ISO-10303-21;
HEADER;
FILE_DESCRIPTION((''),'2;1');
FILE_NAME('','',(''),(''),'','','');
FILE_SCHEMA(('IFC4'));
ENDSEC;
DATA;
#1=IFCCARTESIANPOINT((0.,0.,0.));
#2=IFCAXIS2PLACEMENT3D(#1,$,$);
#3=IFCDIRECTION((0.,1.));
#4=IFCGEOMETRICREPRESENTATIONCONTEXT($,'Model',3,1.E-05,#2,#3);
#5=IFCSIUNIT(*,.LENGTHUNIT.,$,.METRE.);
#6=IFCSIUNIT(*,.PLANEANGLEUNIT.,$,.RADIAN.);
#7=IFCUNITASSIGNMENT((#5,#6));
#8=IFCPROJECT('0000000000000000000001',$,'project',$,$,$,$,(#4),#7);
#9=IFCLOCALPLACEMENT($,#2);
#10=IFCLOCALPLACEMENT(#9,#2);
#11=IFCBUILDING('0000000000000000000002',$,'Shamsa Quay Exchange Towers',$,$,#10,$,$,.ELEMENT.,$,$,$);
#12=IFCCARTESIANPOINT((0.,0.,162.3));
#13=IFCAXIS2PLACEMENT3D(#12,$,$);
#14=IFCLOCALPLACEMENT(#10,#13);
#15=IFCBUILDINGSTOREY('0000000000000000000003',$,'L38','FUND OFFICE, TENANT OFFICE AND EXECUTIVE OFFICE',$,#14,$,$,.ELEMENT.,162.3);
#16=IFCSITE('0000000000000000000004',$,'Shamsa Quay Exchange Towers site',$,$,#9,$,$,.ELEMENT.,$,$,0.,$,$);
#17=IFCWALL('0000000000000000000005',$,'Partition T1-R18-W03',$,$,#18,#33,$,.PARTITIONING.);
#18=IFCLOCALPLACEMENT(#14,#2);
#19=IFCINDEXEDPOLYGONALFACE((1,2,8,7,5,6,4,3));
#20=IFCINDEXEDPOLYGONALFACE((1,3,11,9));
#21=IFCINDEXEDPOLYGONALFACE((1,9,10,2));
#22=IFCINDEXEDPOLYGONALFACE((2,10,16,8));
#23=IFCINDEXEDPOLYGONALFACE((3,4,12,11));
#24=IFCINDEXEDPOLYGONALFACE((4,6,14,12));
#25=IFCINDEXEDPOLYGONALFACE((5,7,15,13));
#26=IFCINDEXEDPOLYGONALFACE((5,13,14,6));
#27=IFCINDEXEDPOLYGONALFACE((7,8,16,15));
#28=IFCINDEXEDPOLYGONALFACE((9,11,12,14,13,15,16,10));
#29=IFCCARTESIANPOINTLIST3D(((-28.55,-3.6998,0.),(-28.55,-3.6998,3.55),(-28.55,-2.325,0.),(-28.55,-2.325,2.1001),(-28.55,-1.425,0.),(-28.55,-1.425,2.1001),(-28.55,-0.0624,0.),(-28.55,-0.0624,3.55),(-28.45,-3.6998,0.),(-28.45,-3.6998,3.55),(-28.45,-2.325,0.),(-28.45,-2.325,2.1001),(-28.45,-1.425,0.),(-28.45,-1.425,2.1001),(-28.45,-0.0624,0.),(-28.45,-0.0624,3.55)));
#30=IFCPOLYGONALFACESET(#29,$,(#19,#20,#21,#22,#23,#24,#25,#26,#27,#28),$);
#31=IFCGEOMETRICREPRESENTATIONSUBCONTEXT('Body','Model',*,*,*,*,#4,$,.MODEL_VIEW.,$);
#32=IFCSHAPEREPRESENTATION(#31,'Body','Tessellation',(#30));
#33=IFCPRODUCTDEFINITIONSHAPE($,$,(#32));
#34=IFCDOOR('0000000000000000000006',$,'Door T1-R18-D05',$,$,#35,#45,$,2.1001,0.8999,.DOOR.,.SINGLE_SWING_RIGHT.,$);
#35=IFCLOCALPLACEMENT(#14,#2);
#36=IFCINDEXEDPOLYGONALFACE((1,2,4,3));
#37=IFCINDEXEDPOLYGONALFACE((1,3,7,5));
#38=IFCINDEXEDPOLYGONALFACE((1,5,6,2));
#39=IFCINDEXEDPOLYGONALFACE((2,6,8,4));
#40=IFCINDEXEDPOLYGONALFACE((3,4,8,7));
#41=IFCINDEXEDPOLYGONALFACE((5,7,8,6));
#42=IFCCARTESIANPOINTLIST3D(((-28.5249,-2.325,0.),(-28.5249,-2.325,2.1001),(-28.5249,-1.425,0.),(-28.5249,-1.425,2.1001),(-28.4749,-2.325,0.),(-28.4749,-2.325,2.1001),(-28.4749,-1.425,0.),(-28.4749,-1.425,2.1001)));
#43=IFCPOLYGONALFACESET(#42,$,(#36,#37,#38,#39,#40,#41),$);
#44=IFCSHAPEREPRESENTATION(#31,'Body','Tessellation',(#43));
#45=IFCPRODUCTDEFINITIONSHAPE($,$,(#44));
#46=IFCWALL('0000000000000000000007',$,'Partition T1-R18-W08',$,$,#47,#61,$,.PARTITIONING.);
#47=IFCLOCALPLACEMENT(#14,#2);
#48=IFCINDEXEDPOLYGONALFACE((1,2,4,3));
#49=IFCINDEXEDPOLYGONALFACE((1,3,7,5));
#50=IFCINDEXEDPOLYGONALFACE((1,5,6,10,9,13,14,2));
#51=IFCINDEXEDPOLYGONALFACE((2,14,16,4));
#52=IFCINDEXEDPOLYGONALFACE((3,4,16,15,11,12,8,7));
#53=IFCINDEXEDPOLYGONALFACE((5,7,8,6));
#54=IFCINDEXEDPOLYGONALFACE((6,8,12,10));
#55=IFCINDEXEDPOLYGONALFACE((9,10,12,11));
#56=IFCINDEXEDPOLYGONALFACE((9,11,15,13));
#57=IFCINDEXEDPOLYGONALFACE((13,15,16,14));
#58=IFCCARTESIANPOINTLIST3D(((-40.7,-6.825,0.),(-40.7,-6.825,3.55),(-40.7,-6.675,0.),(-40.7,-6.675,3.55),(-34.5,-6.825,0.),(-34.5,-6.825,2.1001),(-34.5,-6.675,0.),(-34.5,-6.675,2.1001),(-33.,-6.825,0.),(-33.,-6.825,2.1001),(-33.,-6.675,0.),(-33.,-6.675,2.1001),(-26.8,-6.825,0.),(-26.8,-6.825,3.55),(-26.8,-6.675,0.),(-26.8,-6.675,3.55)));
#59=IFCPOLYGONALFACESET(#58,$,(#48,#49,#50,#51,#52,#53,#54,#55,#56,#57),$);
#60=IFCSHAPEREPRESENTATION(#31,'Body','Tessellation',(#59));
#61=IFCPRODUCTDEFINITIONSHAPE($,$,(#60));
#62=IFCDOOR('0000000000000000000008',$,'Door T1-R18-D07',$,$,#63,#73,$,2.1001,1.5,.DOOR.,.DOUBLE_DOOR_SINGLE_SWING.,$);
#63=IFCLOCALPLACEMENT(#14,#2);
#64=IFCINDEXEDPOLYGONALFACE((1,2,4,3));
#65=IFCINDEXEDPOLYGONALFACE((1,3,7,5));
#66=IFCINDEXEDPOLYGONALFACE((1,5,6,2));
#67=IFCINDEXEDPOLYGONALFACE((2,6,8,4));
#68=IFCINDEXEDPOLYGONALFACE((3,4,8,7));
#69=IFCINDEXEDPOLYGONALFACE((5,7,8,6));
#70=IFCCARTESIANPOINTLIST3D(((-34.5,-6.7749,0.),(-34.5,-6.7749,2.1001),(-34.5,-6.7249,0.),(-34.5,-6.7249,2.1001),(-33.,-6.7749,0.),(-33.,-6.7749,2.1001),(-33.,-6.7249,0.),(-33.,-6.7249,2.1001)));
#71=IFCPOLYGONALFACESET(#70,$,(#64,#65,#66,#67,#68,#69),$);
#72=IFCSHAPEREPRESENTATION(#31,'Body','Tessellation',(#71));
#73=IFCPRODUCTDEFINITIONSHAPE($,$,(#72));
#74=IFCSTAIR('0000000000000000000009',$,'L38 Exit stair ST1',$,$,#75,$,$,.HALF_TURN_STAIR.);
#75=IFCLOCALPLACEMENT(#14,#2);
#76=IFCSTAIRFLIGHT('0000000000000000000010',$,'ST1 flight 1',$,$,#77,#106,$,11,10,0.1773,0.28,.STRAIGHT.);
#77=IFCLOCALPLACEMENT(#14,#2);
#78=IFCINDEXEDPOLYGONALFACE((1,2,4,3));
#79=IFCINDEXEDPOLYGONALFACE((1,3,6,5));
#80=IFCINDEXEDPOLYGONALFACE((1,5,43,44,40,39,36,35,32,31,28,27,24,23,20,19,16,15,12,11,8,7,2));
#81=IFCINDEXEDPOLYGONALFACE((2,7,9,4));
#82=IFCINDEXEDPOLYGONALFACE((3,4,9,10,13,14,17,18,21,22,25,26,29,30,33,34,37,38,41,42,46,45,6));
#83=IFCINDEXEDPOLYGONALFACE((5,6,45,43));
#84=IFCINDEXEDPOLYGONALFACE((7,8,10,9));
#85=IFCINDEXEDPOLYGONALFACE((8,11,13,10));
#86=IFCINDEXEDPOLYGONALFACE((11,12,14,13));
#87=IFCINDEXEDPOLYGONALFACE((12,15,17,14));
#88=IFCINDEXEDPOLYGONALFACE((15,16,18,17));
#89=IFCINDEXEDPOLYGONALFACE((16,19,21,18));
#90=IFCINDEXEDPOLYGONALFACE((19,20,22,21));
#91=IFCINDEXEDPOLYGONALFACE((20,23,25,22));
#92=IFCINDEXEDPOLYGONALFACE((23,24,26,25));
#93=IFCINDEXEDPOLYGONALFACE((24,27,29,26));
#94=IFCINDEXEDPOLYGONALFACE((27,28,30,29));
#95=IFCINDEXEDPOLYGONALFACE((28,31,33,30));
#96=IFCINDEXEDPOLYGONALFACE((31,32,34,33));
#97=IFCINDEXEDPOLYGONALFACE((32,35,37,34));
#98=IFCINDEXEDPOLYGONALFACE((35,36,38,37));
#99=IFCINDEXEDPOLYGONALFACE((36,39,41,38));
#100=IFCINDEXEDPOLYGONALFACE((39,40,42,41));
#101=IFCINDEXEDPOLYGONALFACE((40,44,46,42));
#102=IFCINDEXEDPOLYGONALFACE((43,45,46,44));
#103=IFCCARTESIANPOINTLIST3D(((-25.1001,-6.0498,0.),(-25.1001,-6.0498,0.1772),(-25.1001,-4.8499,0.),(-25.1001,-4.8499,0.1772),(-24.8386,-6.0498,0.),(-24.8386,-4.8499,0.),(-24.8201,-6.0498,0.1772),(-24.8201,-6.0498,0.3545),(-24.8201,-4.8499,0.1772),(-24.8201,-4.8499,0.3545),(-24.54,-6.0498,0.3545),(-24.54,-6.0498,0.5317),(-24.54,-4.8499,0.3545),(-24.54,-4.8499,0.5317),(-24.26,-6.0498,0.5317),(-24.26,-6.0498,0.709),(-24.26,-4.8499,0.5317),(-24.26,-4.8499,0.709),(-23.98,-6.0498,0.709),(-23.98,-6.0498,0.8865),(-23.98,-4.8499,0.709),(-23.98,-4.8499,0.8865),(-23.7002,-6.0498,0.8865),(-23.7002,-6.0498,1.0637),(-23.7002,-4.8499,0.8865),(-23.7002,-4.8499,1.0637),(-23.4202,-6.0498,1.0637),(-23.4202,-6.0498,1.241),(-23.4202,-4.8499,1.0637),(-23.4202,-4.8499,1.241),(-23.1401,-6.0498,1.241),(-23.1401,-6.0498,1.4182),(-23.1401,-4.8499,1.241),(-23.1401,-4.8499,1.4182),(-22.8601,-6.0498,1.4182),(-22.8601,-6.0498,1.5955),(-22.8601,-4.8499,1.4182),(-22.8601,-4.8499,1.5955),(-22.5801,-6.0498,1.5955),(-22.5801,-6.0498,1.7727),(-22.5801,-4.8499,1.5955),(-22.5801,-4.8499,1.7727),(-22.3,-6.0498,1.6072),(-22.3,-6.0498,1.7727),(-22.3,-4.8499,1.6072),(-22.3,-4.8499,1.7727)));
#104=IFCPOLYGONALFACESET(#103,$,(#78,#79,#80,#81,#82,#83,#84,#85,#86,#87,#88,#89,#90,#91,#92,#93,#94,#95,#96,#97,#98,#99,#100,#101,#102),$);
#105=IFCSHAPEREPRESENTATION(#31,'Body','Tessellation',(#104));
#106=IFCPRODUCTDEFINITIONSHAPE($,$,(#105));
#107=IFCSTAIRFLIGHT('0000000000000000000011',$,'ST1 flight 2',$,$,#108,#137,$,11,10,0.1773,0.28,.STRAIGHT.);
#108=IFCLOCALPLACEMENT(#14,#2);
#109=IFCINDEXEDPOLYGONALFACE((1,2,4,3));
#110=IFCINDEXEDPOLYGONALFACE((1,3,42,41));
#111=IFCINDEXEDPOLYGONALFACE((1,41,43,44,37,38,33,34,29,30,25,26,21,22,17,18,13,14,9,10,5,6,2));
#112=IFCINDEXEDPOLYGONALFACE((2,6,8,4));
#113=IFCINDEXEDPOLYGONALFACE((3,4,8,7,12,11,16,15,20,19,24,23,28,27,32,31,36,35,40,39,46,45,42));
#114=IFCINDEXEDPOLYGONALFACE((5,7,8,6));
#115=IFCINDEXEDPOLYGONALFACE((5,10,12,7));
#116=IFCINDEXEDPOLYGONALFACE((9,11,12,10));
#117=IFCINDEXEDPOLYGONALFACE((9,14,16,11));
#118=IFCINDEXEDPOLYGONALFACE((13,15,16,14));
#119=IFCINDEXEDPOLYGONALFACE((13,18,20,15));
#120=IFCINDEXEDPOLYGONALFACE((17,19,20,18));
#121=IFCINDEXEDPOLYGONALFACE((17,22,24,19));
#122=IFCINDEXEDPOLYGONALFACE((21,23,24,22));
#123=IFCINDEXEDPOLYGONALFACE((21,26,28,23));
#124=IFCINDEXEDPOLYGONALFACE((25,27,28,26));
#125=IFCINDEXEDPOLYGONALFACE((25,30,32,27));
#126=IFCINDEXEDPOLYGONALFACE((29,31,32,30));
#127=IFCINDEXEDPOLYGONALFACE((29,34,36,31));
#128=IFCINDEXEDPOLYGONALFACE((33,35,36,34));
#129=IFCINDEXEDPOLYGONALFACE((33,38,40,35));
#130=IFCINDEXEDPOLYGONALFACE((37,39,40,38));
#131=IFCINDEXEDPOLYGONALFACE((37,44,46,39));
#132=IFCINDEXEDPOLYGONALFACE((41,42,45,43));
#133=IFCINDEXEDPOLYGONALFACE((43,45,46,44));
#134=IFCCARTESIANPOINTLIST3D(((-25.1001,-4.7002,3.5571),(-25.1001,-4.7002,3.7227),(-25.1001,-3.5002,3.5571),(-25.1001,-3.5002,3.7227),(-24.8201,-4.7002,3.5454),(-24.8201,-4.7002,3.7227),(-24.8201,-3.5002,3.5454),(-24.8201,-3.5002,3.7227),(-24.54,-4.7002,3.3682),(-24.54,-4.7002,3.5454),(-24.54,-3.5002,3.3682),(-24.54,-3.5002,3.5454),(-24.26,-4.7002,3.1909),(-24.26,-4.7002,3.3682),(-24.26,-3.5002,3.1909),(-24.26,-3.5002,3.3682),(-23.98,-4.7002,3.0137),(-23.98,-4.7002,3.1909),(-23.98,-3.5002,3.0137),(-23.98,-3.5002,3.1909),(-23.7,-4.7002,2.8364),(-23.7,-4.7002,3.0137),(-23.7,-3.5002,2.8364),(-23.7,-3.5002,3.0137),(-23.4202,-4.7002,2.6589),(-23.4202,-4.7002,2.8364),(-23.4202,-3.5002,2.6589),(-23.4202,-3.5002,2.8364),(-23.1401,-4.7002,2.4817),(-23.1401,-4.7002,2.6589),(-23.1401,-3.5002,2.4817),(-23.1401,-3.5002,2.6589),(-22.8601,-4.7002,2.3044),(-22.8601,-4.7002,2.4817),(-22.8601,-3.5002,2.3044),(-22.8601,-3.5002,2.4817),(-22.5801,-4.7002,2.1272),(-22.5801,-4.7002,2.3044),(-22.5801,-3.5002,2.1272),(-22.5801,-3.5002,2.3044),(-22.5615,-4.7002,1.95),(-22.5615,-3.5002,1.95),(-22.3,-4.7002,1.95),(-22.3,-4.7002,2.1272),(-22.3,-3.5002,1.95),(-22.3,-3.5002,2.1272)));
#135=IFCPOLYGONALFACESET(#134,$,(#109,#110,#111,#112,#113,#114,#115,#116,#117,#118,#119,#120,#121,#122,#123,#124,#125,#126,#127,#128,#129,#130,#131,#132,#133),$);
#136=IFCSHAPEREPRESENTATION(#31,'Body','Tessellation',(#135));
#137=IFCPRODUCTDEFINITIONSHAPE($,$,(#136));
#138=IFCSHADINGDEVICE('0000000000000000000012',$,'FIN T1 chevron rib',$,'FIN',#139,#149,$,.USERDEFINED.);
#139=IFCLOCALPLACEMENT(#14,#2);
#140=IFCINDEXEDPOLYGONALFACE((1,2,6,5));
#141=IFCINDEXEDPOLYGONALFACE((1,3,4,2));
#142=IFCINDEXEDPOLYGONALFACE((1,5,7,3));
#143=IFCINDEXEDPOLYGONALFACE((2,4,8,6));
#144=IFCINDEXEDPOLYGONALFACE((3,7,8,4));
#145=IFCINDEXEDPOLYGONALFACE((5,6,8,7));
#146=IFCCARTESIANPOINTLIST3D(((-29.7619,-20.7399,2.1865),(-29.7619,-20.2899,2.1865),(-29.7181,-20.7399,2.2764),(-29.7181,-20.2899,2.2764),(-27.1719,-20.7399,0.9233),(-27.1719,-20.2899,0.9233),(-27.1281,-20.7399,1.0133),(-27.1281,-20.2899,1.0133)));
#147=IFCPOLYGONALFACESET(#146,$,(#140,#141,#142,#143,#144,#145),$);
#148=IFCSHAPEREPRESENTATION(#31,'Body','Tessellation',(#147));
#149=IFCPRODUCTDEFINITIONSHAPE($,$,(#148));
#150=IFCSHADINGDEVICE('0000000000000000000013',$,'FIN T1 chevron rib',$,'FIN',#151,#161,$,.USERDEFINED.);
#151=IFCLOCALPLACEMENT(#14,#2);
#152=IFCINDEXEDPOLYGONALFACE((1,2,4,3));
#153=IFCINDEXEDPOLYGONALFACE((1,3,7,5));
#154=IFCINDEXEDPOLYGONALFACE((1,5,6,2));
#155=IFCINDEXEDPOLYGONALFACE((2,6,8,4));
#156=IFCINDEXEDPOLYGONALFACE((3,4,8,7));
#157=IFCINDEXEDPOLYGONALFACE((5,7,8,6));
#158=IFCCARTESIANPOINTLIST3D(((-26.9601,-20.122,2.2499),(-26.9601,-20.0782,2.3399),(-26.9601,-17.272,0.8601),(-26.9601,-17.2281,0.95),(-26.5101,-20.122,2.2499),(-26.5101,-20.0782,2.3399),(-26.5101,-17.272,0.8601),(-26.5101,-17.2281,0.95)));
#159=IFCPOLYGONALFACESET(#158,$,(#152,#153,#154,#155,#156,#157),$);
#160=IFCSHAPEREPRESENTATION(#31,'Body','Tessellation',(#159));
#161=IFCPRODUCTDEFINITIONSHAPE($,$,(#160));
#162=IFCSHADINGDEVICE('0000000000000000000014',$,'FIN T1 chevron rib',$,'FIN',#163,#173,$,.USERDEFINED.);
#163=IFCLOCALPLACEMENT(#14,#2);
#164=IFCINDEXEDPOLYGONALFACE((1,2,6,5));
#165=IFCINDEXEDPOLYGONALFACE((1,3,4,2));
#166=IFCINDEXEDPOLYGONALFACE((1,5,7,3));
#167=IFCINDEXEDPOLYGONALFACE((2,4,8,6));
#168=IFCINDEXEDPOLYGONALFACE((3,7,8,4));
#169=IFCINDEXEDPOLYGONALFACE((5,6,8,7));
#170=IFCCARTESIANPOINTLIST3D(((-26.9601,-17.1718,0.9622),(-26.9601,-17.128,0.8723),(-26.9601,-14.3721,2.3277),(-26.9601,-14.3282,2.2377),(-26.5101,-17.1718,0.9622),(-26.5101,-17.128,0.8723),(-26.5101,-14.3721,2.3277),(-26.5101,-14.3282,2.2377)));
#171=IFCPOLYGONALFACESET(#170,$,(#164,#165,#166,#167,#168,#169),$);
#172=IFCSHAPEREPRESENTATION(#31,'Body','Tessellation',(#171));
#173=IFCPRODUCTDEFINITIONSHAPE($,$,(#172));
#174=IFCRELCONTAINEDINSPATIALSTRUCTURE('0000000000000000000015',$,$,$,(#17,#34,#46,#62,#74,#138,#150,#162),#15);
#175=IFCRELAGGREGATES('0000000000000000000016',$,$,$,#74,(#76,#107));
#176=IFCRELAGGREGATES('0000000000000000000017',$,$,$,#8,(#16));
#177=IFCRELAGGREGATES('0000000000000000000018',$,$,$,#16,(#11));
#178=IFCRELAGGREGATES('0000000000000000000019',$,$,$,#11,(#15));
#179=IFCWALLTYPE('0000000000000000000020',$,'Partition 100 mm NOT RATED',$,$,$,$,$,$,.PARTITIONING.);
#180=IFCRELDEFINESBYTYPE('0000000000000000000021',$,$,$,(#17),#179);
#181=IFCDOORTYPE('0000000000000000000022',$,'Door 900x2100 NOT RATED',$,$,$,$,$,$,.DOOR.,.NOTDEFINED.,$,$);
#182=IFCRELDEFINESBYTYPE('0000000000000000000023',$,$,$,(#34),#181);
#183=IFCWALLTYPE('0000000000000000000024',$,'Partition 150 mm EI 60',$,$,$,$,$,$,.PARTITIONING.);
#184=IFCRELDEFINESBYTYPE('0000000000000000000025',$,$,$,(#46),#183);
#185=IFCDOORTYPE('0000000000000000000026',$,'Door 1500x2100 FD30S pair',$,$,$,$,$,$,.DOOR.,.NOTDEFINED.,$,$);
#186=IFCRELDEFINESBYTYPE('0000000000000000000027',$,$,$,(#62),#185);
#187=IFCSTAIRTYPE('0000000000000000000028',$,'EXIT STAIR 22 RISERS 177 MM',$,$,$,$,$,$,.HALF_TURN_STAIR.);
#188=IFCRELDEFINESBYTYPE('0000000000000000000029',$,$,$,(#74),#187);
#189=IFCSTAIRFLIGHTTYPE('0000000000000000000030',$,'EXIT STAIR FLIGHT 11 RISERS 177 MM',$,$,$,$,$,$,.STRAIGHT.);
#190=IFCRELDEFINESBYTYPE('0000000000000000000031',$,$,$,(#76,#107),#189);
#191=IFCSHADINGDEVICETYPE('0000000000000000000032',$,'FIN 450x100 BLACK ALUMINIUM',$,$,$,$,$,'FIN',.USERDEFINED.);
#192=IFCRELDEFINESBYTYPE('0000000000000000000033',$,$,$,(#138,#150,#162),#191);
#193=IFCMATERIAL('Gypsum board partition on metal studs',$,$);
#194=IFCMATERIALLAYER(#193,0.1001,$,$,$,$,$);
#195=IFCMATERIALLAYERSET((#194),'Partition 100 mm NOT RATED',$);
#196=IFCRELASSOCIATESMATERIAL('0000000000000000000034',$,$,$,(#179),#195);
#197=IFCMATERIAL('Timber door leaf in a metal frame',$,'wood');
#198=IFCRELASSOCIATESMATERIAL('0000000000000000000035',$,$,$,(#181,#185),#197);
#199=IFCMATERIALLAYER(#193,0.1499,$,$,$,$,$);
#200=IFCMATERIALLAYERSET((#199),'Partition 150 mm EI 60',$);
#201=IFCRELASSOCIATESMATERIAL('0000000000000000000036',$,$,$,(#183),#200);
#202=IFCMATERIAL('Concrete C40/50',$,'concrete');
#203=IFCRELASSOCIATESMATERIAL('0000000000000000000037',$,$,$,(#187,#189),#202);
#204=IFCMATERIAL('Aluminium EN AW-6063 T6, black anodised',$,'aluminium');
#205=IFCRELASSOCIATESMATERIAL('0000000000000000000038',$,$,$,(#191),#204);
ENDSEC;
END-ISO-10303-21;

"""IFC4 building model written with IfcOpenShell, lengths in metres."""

from ifc_helpers import new_model, si_unit, direction, frame, frame_2d, origin, origin_2d, place, context, subcontext, project, spatial, polyline, rectangle, outline, extrude, material, layer, layer_set, material_profile, profile_set, type_object, element, fill, aggregate, save


model = new_model("IFC4")

# Units and contexts
model_context = context("Model", 3, precision=1e-05, world=origin(), true_north=direction((0.0, 1.0)))
body_context = subcontext(model_context, "Body", "Model", "MODEL_VIEW")
ifc_project = project(units=[si_unit("LENGTHUNIT", "METRE"), si_unit("PLANEANGLEUNIT", "RADIAN")], contexts=[model_context])

# Site, building, storey
site_placement = place(None, origin())
site = spatial("IfcSite", under=ifc_project, at=site_placement, Name="Shamsa Quay Exchange Towers site", CompositionType="ELEMENT", RefElevation=0.0)
building_placement = place(site_placement, origin())
building = spatial("IfcBuilding", under=site, at=building_placement, Name="Shamsa Quay Exchange Towers", CompositionType="ELEMENT")
storey_placement = place(building_placement, frame((0.0, 0.0, 162.3)))
storey = spatial("IfcBuildingStorey", under=building, at=storey_placement, Name="L38", Description="FUND OFFICE, TENANT OFFICE AND EXECUTIVE OFFICE", CompositionType="ELEMENT", Elevation=162.3)

# Shared definitions
ifc_material_1 = material(Name="Aluminium EN AW-6063 T6, black anodised", Category="aluminium")

# Walls, openings, doors
ifc_material_2 = material(Name="Gypsum board partition on metal studs")
ifc_layer_1 = layer(ifc_material_2, 0.1001)
ifc_layer_set_1 = layer_set([ifc_layer_1], Name="Partition 100 mm NOT RATED")
wall_type_1 = type_object("IfcWallType", Name="Partition 100 mm NOT RATED", PredefinedType="PARTITIONING", material=ifc_layer_set_1)
wall_1_placement = place(storey_placement, frame((-28.5, -3.7, 0.0), z_axis=(0.0, 0.0, 1.0), x_axis=(0.0, 1.0, 0.0)))
wall_1 = element("IfcWall", 1, at=wall_1_placement, inside=storey, type_object=wall_type_1, Name="Partition T1-R18-W03", PredefinedType="PARTITIONING", context=body_context, shape_type="SweptSolid", body=[
    extrude(rectangle(XDim=3.6375, YDim=0.1001, at=frame_2d((1.8188, 0.0))), origin(), (0.0, 0.0, 1.0), 3.55),
])
opening_1_placement = place(wall_1_placement, frame((1.375, 0.0, 0.0)))
opening_1 = element("IfcOpeningElement", 2, at=opening_1_placement, cuts=wall_1, PredefinedType="OPENING", context=body_context, shape_type="SweptSolid", body=[
    extrude(rectangle(XDim=0.8999, YDim=2.1001, at=frame_2d((0.45, 1.05))), frame((0.0, 0.0601, 0.0), z_axis=(0.0, -1.0, 0.0), x_axis=(1.0, 0.0, 0.0)), (0.0, 0.0, 1.0), 0.1201),
])
ifc_material_3 = material(Name="Timber door leaf in a metal frame", Category="wood")
door_type_1 = type_object("IfcDoorType", Name="Door 900x2100 NOT RATED", OperationType="NOTDEFINED", PredefinedType="DOOR", material=ifc_material_3)
door_1_placement = place(opening_1_placement, origin())
door_1 = element("IfcDoor", 3, at=door_1_placement, inside=storey, type_object=door_type_1, Name="Door T1-R18-D05", OperationType="SINGLE_SWING_RIGHT", OverallHeight=2.1001, OverallWidth=0.8999, PredefinedType="DOOR", context=body_context, shape_type="SweptSolid", body=[
    extrude(rectangle(XDim=0.8999, YDim=2.1001, at=frame_2d((0.45, 1.05))), frame((0.0, 0.0249, 0.0), z_axis=(0.0, -1.0, 0.0), x_axis=(1.0, 0.0, 0.0)), (0.0, 0.0, 1.0), 0.05),
])
fill(opening_1, door_1)
ifc_layer_2 = layer(ifc_material_2, 0.1499)
ifc_layer_set_2 = layer_set([ifc_layer_2], Name="Partition 150 mm EI 60")
wall_type_2 = type_object("IfcWallType", Name="Partition 150 mm EI 60", PredefinedType="PARTITIONING", material=ifc_layer_set_2)
wall_2_placement = place(storey_placement, frame((-26.8, -6.75, 0.0), z_axis=(0.0, 0.0, 1.0), x_axis=(-1.0, 0.0, 0.0)))
wall_2 = element("IfcWall", 4, at=wall_2_placement, inside=storey, type_object=wall_type_2, Name="Partition T1-R18-W08", PredefinedType="PARTITIONING", context=body_context, shape_type="SweptSolid", body=[
    extrude(rectangle(XDim=13.8999, YDim=0.1499, at=frame_2d((6.95, 0.0))), origin(), (0.0, 0.0, 1.0), 3.55),
])
opening_2_placement = place(wall_2_placement, frame((6.2, 0.0, 0.0)))
opening_2 = element("IfcOpeningElement", 5, at=opening_2_placement, cuts=wall_2, PredefinedType="OPENING", context=body_context, shape_type="SweptSolid", body=[
    extrude(rectangle(XDim=1.5, YDim=2.1001, at=frame_2d((0.75, 1.05))), frame((0.0, 0.085, 0.0), z_axis=(0.0, -1.0, 0.0), x_axis=(1.0, 0.0, 0.0)), (0.0, 0.0, 1.0), 0.1699),
])
door_type_2 = type_object("IfcDoorType", Name="Door 1500x2100 FD30S pair", OperationType="NOTDEFINED", PredefinedType="DOOR", material=ifc_material_3)
door_2_placement = place(opening_2_placement, origin())
door_2 = element("IfcDoor", 6, at=door_2_placement, inside=storey, type_object=door_type_2, Name="Door T1-R18-D07", OperationType="DOUBLE_DOOR_SINGLE_SWING", OverallHeight=2.1001, OverallWidth=1.5, PredefinedType="DOOR", context=body_context, shape_type="SweptSolid", body=[
    extrude(rectangle(XDim=1.5, YDim=2.1001, at=frame_2d((0.75, 1.05))), frame((0.0, 0.0249, 0.0), z_axis=(0.0, -1.0, 0.0), x_axis=(1.0, 0.0, 0.0)), (0.0, 0.0, 1.0), 0.05),
])
fill(opening_2, door_2)

# Stair, stair flights
ifc_material_4 = material(Name="Concrete C40/50", Category="concrete")
stair_type = type_object("IfcStairType", Name="EXIT STAIR 22 RISERS 177 MM", PredefinedType="HALF_TURN_STAIR", material=ifc_material_4)
stair_placement = place(storey_placement, origin())
stair = element("IfcStair", 7, at=stair_placement, inside=storey, type_object=stair_type, Name="L38 Exit stair ST1", PredefinedType="HALF_TURN_STAIR")
stair_flight_type = type_object("IfcStairFlightType", Name="EXIT STAIR FLIGHT 11 RISERS 177 MM", PredefinedType="STRAIGHT", material=ifc_material_4)
stair_flight_1_placement = place(storey_placement, frame((-25.1001, -5.45, 0.0)))
stair_flight_1 = element("IfcStairFlight", 8, at=stair_flight_1_placement, type_object=stair_flight_type, Name="ST1 flight 1", NumberOfRisers=11, NumberOfTreads=10, PredefinedType="STRAIGHT", RiserHeight=0.1773, TreadLength=0.28, context=body_context, shape_type="SweptSolid", body=[
    extrude(outline(polyline([(0.0, 0.0), (0.0, 0.1772), (0.28, 0.1772), (0.28, 0.3545), (0.5601, 0.3545), (0.5601, 0.5317), (0.8401, 0.5317), (0.8401, 0.709), (1.1201, 0.709), (1.1201, 0.8865), (1.3999, 0.8865), (1.3999, 1.0637), (1.6799, 1.0637), (1.6799, 1.241), (1.96, 1.241), (1.96, 1.4182), (2.24, 1.4182), (2.24, 1.5955), (2.52, 1.5955), (2.52, 1.7727), (2.8, 1.7727), (2.8, 1.95), (2.8, 1.6072), (0.2615, 0.0), (0.0, 0.0)])), frame((0.0, 0.6001, 0.0), z_axis=(0.0, -1.0, 0.0), x_axis=(1.0, 0.0, 0.0)), (0.0, 0.0, 1.0), 1.2),
])
stair_flight_2_placement = place(storey_placement, frame((-22.3, -4.1001, 1.95), z_axis=(0.0, 0.0, 1.0), x_axis=(-1.0, 0.0, 0.0)))
stair_flight_2 = element("IfcStairFlight", 9, at=stair_flight_2_placement, type_object=stair_flight_type, Name="ST1 flight 2", NumberOfRisers=11, NumberOfTreads=10, PredefinedType="STRAIGHT", RiserHeight=0.1773, TreadLength=0.28, context=body_context, shape_type="SweptSolid", body=[
    extrude(outline(polyline([(0.0, 0.0), (0.0, 0.1772), (0.28, 0.1772), (0.28, 0.3545), (0.5601, 0.3545), (0.5601, 0.5317), (0.8401, 0.5317), (0.8401, 0.709), (1.1201, 0.709), (1.1201, 0.8865), (1.3999, 0.8865), (1.3999, 1.0637), (1.6799, 1.0637), (1.6799, 1.241), (1.96, 1.241), (1.96, 1.4182), (2.24, 1.4182), (2.24, 1.5955), (2.52, 1.5955), (2.52, 1.7727), (2.8, 1.7727), (2.8, 1.95), (2.8, 1.6072), (0.2615, 0.0), (0.0, 0.0)])), frame((0.0, 0.6001, 0.0), z_axis=(0.0, -1.0, 0.0), x_axis=(1.0, 0.0, 0.0)), (0.0, 0.0, 1.0), 1.2),
])
aggregate(stair, [stair_flight_1, stair_flight_2])

# Shading devices
ifc_material_profile_1 = material_profile(ifc_material_1, rectangle(XDim=0.45, YDim=0.1001, at=origin_2d()), Name="FIN450x100")
ifc_profile_set_1 = profile_set([ifc_material_profile_1], Name="Aluminium EN AW-6063 T6, black anodised")
shading_device_type = type_object("IfcShadingDeviceType", Name="FIN 450x100 BLACK ALUMINIUM", ElementType="FIN", PredefinedType="USERDEFINED", material=ifc_profile_set_1)
shading_device_1_placement = place(storey_placement, frame((-29.74, -20.5149, 2.2314), z_axis=(0.898806, 0.0, -0.438347), x_axis=(0.0, 1.0, 0.0)))
element("IfcShadingDevice", 10, at=shading_device_1_placement, inside=storey, type_object=shading_device_type, Name="FIN T1 chevron rib", ObjectType="FIN", PredefinedType="USERDEFINED", context=body_context, shape_type="SweptSolid", body=[
    extrude(rectangle(XDim=0.45, YDim=0.1001, at=origin_2d()), origin(), (0.0, 0.0, 1.0), 2.8816),
])
shading_device_2_placement = place(storey_placement, frame((-26.7351, -20.1001, 2.2949), z_axis=(0.0, 0.898818, -0.438322), x_axis=(-1.0, 0.0, 0.0)))
element("IfcShadingDevice", 11, at=shading_device_2_placement, inside=storey, type_object=shading_device_type, Name="FIN T1 chevron rib", ObjectType="FIN", PredefinedType="USERDEFINED", context=body_context, shape_type="SweptSolid", body=[
    extrude(rectangle(XDim=0.45, YDim=0.1001, at=origin_2d()), origin(), (0.0, 0.0, 1.0), 3.1709),
])
shading_device_3_placement = place(storey_placement, frame((-26.7351, -17.1499, 0.9172), z_axis=(0.0, 0.898804, 0.438351), x_axis=(-1.0, 0.0, 0.0)))
element("IfcShadingDevice", 12, at=shading_device_3_placement, inside=storey, type_object=shading_device_type, Name="FIN T1 chevron rib", ObjectType="FIN", PredefinedType="USERDEFINED", context=body_context, shape_type="SweptSolid", body=[
    extrude(rectangle(XDim=0.45, YDim=0.1001, at=origin_2d()), origin(), (0.0, 0.0, 1.0), 3.115),
])

save(model, "model.ifc")
